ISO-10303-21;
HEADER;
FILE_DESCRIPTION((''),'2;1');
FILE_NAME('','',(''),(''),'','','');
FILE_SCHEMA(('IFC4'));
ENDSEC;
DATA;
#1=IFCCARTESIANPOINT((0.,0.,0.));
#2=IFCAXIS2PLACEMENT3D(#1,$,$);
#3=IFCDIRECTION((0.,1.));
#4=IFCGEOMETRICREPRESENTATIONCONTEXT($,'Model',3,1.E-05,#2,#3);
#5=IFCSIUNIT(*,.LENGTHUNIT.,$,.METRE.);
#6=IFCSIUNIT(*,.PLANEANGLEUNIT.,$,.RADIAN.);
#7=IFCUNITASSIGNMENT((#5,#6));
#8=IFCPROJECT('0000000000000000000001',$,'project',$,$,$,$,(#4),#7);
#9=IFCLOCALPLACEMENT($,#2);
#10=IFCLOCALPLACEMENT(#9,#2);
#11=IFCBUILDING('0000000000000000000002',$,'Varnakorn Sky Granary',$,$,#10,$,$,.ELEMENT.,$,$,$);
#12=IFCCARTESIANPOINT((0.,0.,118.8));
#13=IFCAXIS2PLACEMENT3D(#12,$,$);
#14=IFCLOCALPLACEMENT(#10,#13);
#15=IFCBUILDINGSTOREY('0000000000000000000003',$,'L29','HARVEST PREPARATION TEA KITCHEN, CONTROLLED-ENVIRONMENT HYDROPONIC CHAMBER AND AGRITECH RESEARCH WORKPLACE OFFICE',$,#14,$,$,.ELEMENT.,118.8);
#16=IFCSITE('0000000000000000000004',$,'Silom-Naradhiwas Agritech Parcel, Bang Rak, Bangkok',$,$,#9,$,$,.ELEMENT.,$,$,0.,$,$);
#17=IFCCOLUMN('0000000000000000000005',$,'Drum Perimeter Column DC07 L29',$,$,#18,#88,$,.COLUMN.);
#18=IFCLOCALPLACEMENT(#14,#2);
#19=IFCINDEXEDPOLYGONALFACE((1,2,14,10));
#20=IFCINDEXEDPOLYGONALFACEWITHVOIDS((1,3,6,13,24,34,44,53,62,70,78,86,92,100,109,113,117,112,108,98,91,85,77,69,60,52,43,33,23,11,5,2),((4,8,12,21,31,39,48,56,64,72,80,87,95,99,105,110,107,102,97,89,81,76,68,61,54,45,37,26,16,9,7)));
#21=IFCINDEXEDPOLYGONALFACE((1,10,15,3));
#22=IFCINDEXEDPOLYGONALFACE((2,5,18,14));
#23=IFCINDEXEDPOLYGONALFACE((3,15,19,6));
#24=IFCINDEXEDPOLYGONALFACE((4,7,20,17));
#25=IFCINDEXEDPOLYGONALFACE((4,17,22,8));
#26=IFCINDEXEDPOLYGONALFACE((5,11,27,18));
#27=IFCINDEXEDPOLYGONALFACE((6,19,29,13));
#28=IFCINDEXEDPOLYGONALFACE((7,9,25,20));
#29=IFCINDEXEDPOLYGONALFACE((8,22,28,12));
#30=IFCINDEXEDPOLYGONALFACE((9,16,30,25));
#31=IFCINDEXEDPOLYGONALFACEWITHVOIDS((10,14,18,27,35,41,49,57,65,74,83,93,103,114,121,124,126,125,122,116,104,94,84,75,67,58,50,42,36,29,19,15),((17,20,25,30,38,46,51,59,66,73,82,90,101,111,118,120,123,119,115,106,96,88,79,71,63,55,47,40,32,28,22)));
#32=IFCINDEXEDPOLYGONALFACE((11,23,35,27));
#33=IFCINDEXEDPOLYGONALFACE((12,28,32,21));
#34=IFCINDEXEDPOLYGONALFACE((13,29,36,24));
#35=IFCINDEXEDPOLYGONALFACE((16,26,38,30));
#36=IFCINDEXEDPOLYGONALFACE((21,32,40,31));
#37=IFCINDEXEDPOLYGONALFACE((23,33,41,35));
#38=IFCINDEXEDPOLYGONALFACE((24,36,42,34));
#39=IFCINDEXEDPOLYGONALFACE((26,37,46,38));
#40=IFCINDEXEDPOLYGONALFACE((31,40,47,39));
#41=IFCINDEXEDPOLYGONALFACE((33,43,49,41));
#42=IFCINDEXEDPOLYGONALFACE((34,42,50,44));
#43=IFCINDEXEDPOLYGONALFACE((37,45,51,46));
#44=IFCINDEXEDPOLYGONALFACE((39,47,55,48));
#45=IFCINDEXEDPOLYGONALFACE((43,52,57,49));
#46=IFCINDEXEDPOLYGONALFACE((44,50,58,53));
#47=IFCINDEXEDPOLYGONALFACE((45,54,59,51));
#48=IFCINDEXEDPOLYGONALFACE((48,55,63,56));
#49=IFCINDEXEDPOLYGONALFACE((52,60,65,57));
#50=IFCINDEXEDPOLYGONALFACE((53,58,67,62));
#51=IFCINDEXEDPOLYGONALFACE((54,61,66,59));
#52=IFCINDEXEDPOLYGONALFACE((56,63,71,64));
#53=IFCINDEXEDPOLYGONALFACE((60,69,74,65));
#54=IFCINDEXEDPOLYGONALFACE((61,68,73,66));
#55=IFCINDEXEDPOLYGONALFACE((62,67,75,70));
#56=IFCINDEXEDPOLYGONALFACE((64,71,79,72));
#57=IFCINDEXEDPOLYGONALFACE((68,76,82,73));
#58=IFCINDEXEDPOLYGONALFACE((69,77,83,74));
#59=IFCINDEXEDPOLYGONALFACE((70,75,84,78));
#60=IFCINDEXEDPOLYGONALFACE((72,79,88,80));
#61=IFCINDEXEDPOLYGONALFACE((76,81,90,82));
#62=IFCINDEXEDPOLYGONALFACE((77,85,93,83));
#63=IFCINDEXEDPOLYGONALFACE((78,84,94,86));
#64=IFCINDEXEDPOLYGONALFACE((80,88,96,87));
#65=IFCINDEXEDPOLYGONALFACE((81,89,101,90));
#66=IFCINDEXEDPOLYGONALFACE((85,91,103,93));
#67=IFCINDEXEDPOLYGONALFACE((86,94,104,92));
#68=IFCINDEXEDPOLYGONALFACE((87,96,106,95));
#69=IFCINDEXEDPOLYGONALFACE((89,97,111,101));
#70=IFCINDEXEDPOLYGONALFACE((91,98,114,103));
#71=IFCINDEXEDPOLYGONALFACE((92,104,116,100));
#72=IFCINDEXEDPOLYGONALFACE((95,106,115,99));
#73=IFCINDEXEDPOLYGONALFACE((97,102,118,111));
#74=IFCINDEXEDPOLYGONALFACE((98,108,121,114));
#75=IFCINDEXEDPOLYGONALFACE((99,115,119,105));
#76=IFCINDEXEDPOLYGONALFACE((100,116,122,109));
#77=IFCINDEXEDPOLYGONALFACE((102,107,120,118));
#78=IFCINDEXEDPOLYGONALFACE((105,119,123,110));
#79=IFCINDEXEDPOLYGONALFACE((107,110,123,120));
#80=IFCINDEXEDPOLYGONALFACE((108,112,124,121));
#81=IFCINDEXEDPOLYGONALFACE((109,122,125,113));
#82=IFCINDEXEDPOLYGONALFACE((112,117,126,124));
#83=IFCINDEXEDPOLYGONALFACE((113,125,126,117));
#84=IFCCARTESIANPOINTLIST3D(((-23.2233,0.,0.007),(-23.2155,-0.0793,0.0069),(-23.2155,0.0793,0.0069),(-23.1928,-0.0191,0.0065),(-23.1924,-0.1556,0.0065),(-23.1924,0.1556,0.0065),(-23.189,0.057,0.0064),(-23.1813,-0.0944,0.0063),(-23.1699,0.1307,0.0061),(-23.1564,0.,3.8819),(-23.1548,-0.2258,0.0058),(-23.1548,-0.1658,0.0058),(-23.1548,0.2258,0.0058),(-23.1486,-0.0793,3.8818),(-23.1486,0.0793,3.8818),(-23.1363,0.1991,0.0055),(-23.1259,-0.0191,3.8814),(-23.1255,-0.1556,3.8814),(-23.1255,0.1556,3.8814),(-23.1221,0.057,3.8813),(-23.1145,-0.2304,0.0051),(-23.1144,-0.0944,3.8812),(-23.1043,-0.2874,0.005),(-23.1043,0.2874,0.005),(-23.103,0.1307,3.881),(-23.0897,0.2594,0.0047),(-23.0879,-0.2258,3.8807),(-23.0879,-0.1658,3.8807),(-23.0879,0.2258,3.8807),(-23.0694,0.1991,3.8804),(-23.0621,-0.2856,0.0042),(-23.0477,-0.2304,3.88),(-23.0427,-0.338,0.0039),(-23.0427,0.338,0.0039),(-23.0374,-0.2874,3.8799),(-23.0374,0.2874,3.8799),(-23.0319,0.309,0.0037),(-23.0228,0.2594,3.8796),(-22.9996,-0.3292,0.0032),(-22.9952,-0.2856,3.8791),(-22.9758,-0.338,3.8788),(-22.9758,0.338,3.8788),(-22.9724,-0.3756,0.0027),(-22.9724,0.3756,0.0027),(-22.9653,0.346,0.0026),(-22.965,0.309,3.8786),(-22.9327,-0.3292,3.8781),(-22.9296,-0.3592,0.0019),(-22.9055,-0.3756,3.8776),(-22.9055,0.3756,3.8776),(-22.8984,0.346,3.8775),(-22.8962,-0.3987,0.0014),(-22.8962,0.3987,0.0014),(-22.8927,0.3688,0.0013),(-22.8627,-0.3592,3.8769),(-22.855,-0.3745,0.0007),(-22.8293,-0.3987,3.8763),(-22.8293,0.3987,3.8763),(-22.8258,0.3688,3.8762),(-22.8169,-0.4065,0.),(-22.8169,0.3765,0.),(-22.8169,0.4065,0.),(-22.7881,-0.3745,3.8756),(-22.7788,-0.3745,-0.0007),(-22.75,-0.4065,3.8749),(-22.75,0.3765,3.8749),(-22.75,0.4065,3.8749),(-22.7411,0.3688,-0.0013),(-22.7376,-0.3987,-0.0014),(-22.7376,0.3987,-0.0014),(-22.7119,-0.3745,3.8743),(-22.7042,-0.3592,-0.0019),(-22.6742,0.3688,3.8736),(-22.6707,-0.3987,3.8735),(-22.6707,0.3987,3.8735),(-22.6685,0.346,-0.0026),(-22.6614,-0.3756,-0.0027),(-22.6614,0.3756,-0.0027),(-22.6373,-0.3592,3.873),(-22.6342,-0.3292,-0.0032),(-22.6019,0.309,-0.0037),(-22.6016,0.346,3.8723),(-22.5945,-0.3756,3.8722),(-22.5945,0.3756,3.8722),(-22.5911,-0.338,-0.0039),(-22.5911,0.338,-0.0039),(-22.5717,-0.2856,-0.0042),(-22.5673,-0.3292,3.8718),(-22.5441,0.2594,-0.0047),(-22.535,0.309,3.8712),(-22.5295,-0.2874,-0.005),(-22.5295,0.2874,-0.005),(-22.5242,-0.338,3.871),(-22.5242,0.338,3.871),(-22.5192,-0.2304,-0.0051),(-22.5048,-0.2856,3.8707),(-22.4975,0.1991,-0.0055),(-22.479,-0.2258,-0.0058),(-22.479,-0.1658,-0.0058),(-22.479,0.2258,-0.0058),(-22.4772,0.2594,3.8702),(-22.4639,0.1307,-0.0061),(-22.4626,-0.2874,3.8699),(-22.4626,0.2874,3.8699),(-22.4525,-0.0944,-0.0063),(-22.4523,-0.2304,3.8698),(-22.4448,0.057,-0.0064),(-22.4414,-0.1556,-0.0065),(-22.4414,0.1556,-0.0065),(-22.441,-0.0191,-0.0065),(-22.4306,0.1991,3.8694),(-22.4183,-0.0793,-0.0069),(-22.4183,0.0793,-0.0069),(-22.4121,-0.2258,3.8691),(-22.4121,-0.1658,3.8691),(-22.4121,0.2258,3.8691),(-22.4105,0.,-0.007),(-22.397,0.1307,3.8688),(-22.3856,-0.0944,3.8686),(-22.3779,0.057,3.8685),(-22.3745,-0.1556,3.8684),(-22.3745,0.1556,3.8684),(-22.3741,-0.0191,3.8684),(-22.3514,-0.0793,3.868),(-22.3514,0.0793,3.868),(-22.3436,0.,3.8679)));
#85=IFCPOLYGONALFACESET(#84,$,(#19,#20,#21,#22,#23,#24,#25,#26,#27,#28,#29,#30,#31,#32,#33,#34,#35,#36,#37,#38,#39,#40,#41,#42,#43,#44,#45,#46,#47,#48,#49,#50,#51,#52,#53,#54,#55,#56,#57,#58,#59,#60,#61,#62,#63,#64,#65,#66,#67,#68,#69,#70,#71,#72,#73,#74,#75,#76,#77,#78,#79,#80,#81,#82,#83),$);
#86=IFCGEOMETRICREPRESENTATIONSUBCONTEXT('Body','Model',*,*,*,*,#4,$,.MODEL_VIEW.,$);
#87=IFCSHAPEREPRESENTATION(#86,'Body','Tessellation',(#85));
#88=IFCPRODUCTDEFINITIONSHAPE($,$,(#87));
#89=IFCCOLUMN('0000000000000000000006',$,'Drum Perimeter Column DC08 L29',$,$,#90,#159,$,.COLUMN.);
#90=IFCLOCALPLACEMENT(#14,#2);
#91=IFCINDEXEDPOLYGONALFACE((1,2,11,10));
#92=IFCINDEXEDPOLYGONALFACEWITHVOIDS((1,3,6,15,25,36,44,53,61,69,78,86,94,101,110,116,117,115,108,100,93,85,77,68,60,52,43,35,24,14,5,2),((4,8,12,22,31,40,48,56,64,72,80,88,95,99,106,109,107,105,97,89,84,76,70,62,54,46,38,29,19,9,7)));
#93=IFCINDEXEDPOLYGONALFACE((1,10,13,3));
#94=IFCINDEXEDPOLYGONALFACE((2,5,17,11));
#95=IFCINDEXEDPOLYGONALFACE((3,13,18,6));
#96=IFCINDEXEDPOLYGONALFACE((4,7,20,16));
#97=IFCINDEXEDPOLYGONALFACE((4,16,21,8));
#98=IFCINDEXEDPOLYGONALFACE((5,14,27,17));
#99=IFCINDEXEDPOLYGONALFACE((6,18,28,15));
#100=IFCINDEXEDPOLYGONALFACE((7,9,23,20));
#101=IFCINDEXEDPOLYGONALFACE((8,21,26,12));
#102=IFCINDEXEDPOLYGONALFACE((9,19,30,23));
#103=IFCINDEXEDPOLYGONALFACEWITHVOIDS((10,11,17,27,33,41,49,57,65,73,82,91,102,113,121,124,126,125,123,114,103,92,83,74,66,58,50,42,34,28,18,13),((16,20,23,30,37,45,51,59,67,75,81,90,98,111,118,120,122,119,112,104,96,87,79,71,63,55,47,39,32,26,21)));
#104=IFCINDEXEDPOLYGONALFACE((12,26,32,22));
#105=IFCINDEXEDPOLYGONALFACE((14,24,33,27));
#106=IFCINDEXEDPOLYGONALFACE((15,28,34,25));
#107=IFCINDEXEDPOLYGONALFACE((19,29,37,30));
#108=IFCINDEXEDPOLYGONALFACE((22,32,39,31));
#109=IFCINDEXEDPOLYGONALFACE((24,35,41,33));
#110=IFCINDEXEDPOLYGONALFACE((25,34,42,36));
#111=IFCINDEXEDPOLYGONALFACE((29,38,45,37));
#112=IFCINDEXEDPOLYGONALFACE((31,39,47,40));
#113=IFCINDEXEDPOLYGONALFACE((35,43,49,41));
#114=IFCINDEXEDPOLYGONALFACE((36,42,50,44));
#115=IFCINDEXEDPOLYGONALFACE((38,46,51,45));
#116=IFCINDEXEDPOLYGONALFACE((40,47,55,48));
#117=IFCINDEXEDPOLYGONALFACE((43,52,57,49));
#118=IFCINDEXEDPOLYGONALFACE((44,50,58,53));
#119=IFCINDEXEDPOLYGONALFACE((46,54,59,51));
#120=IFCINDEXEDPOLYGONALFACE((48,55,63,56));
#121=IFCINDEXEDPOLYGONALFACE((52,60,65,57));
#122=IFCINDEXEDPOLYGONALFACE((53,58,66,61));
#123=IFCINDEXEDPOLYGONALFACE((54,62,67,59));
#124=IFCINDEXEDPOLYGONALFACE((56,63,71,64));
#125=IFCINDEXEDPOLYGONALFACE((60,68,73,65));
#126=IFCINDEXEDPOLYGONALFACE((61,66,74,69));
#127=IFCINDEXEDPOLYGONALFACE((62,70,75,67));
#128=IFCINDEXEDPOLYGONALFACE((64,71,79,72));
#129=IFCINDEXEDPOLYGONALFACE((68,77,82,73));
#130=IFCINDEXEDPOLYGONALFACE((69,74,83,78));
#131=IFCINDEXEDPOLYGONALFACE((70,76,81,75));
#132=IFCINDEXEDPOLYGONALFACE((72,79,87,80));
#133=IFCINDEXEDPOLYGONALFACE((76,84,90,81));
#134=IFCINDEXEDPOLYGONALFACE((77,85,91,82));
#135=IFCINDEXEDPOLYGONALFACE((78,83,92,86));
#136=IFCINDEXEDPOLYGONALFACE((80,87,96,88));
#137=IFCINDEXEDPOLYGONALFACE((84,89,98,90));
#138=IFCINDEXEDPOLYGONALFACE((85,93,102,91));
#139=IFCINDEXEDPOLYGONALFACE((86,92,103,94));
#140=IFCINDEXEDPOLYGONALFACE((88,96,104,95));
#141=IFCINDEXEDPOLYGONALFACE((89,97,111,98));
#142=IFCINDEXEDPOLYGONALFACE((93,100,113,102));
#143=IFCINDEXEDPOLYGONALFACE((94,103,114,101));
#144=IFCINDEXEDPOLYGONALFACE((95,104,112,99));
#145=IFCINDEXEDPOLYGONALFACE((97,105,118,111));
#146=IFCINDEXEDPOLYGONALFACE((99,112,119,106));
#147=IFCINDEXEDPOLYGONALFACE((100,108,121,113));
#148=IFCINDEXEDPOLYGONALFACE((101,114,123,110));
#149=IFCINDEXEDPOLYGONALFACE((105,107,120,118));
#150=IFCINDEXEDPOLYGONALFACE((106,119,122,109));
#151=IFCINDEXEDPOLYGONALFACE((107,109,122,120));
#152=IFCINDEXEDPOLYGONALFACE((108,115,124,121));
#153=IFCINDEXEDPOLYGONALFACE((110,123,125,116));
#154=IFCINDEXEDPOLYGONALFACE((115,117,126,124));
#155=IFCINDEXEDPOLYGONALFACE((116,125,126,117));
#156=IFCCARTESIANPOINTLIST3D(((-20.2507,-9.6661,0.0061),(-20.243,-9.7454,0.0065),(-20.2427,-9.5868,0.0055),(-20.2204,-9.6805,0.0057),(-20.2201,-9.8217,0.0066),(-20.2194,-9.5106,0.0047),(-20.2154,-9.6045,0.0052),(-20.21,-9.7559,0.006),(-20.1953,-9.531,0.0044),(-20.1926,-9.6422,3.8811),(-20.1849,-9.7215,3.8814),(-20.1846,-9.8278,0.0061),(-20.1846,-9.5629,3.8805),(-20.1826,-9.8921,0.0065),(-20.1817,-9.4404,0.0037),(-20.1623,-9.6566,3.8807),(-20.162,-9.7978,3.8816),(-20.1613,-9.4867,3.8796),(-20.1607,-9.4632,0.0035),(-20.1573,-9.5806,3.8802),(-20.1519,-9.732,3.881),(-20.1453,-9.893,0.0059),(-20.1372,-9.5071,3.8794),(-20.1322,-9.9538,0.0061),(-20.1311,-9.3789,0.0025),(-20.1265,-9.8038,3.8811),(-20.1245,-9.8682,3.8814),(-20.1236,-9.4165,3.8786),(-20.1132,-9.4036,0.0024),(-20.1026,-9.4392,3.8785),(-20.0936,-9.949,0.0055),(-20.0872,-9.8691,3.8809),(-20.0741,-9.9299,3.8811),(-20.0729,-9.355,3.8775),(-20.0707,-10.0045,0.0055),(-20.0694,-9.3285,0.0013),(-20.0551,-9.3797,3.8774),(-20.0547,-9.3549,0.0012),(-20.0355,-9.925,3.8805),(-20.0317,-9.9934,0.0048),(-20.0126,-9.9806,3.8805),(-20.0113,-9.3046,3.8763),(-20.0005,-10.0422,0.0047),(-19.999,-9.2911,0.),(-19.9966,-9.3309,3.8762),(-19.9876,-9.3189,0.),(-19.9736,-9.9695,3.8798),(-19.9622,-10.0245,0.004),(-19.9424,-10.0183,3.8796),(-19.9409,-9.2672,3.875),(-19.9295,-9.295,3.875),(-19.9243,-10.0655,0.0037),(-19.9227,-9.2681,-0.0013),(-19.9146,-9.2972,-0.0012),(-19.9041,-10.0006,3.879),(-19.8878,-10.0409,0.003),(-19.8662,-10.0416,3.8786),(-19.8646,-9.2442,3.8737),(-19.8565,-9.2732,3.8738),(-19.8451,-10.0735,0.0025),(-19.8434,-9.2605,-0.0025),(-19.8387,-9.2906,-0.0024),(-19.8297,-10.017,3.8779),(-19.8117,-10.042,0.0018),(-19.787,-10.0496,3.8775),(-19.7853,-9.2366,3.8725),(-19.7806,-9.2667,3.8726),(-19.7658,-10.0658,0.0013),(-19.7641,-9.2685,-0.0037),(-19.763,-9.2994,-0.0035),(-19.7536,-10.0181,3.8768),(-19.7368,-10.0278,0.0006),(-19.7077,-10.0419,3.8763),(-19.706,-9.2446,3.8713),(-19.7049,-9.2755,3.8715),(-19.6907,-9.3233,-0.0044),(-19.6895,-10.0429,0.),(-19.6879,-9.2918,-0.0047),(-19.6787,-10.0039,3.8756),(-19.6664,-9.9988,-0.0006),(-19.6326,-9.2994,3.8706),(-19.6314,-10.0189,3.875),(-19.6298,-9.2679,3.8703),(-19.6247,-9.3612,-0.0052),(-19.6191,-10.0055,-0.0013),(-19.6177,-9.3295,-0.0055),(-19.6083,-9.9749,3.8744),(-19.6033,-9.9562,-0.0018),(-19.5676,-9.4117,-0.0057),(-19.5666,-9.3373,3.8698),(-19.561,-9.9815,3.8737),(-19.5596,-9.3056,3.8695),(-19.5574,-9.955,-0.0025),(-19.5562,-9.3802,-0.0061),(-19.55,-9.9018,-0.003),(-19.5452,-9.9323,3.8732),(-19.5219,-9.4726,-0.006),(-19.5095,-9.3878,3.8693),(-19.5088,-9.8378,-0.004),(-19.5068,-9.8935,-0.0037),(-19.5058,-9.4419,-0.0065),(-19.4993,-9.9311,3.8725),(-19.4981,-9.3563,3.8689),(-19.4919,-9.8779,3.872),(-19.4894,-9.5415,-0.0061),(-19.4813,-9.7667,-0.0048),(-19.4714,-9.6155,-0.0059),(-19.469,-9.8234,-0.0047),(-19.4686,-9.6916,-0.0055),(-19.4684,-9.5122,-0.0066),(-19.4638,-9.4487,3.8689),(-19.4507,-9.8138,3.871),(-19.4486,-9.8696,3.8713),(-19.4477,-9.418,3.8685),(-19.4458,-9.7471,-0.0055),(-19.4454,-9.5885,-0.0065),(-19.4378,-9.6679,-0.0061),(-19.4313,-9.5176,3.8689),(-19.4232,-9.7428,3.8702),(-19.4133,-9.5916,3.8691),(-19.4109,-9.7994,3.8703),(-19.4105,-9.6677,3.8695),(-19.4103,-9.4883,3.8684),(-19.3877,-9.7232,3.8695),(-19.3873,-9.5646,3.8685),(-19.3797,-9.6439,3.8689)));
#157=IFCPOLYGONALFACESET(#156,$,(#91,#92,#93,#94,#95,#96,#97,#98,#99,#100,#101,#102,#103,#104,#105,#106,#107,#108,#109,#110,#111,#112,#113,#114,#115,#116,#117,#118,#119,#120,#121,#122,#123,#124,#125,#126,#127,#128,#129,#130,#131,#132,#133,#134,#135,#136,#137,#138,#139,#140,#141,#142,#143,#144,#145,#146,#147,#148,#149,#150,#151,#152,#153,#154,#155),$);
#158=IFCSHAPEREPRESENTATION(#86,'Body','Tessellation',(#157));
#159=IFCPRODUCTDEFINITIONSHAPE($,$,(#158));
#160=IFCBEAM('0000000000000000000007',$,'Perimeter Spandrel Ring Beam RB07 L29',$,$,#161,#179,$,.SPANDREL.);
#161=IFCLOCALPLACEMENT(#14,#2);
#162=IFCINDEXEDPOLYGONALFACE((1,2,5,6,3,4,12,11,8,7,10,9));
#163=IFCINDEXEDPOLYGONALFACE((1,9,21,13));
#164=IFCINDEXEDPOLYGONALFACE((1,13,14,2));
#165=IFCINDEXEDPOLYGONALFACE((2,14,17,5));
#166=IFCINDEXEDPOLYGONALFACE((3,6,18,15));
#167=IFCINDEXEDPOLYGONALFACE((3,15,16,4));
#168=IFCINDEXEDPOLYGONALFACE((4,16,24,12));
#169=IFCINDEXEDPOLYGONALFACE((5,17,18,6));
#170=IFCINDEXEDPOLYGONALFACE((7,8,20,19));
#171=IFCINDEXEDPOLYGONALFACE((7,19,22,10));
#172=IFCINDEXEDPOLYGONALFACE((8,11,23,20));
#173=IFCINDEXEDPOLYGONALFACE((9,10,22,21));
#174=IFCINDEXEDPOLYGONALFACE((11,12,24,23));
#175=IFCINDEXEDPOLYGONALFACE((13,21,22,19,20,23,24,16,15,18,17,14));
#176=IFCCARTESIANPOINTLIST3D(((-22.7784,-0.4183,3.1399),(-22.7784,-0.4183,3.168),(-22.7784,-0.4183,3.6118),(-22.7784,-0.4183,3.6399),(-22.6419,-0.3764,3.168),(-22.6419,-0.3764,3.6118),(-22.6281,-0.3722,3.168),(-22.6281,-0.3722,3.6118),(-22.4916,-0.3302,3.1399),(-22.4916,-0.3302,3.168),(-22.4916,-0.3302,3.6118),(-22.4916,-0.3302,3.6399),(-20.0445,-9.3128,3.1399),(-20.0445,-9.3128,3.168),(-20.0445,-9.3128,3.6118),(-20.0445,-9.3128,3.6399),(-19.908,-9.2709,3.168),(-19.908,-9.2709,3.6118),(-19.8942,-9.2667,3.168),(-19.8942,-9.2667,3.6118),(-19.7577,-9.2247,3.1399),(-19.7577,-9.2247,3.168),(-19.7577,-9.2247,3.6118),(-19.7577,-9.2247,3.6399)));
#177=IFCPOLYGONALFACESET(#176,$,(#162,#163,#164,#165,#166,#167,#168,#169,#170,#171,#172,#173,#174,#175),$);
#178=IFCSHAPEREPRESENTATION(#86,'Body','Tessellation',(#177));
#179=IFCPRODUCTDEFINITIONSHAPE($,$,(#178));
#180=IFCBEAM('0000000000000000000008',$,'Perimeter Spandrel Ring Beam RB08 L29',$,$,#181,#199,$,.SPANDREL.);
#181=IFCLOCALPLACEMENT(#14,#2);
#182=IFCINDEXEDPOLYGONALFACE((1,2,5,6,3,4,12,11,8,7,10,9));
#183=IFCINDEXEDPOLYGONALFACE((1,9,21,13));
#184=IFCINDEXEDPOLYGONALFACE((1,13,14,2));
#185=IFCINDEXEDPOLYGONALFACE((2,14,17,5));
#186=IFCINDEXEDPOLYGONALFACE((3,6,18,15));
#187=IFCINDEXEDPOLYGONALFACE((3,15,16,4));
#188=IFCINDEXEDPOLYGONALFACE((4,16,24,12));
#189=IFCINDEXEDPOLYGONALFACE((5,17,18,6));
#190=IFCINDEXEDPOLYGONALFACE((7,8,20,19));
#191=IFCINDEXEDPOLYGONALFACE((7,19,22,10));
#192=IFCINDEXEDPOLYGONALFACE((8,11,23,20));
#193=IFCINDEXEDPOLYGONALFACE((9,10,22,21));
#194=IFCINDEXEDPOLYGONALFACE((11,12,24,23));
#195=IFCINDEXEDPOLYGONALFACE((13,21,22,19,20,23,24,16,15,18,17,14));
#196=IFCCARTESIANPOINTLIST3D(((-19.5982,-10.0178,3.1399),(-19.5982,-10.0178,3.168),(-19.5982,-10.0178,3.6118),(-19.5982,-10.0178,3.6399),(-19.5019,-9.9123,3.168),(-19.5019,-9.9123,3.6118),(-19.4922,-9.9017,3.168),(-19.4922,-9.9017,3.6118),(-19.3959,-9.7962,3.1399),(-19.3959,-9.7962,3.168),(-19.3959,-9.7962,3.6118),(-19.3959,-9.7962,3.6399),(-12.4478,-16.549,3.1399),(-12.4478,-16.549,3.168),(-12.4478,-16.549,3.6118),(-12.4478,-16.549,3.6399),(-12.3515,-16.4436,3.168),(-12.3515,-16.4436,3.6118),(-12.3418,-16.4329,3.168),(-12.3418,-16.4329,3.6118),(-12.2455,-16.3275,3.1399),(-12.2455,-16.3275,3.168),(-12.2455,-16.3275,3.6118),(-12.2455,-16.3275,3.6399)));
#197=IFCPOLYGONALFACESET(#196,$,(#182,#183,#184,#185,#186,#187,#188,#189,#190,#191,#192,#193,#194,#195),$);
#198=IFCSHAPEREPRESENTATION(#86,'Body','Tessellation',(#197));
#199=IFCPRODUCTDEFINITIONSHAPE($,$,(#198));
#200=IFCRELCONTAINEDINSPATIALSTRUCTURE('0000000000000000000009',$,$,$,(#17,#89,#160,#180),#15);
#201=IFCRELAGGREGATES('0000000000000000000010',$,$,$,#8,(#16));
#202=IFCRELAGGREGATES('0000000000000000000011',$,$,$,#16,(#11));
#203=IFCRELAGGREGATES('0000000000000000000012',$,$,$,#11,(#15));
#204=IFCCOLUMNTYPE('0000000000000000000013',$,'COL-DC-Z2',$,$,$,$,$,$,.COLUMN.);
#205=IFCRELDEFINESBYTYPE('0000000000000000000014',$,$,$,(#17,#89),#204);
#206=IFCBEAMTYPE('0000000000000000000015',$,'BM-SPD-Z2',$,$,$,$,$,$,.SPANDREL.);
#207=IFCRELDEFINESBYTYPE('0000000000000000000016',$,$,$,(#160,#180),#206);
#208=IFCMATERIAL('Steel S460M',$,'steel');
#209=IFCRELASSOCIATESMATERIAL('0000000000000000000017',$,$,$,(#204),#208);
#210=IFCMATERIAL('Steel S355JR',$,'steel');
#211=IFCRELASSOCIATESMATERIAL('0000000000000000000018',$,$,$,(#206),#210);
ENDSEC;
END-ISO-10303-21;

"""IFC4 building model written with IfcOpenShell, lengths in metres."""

from ifc_helpers import new_model, si_unit, direction, frame, origin, origin_2d, place, context, subcontext, project, spatial, hollow_circle, i_section, extrude, material, material_profile, profile_set, type_object, element, save


model = new_model("IFC4")

# Units and contexts
model_context = context("Model", 3, precision=1e-05, world=origin(), true_north=direction((0.0, 1.0)))
body_context = subcontext(model_context, "Body", "Model", "MODEL_VIEW")
ifc_project = project(units=[si_unit("LENGTHUNIT", "METRE"), si_unit("PLANEANGLEUNIT", "RADIAN")], contexts=[model_context])

# Site, building, storey
site_placement = place(None, origin())
site = spatial("IfcSite", under=ifc_project, at=site_placement, Name="Silom-Naradhiwas Agritech Parcel, Bang Rak, Bangkok", CompositionType="ELEMENT", RefElevation=0.0)
building_placement = place(site_placement, origin())
building = spatial("IfcBuilding", under=site, at=building_placement, Name="Varnakorn Sky Granary", CompositionType="ELEMENT")
storey_placement = place(building_placement, frame((0.0, 0.0, 118.8)))
storey = spatial("IfcBuildingStorey", under=building, at=storey_placement, Name="L29", Description="HARVEST PREPARATION TEA KITCHEN, CONTROLLED-ENVIRONMENT HYDROPONIC CHAMBER AND AGRITECH RESEARCH WORKPLACE OFFICE", CompositionType="ELEMENT", Elevation=118.8)

# Columns
ifc_material_1 = material(Name="Steel S460M", Category="steel")
ifc_material_profile_1 = material_profile(ifc_material_1, hollow_circle(Radius=0.4065, WallThickness=0.03, at=origin_2d()), Name="CHS 813x30")
ifc_profile_set_1 = profile_set([ifc_material_profile_1], Name="Steel S460M")
column_type = type_object("IfcColumnType", Name="COL-DC-Z2", PredefinedType="COLUMN", material=ifc_profile_set_1)
for number, where, z_axis, x_axis, name in (
    (1, (-22.8169, 0.0, 0.0), (0.017261, 0.0, 0.999851), (0.0, 1.0, 0.0), "Drum Perimeter Column DC07 L29"),
    (2, (-19.8442, -9.667, 0.0), (0.014993, 0.006174, 0.999869), (-0.38075, 0.924678, 0.0), "Drum Perimeter Column DC08 L29"),
):
    element("IfcColumn", number, at=place(storey_placement, frame(where, z_axis=z_axis, x_axis=x_axis)), inside=storey, type_object=column_type, Name=name, PredefinedType="COLUMN", context=body_context, shape_type="SweptSolid", body=[
        extrude(hollow_circle(Radius=0.4065, WallThickness=0.03, at=origin_2d()), origin(), (0.0, 0.0, 1.0), 3.8755),
    ])

# Beams
ifc_material_2 = material(Name="Steel S355JR", Category="steel")
ifc_material_profile_2 = material_profile(ifc_material_2, i_section(OverallWidth=0.3, OverallDepth=0.5, WebThickness=0.0144, FlangeThickness=0.0281, at=origin_2d()), Name="HE 500 B")
ifc_profile_set_2 = profile_set([ifc_material_profile_2], Name="Steel S355JR")
beam_type = type_object("IfcBeamType", Name="BM-SPD-Z2", PredefinedType="SPANDREL", material=ifc_profile_set_2)
beam_1_placement = place(storey_placement, frame((-22.635, -0.3743, 3.3899), z_axis=(0.293802, -0.955866, 0.0), x_axis=(0.955866, 0.293802, 0.0)))
element("IfcBeam", 3, at=beam_1_placement, inside=storey, type_object=beam_type, Name="Perimeter Spandrel Ring Beam RB07 L29", PredefinedType="SPANDREL", context=body_context, shape_type="SweptSolid", body=[
    extrude(i_section(OverallWidth=0.3, OverallDepth=0.5, WebThickness=0.0144, FlangeThickness=0.0281, at=origin_2d()), origin(), (0.0, 0.0, 1.0), 9.3052),
])
beam_2_placement = place(storey_placement, frame((-19.4971, -9.907, 3.3899), z_axis=(0.73835, -0.674418, 0.0), x_axis=(0.674418, 0.73835, 0.0)))
element("IfcBeam", 4, at=beam_2_placement, inside=storey, type_object=beam_type, Name="Perimeter Spandrel Ring Beam RB08 L29", PredefinedType="SPANDREL", context=body_context, shape_type="SweptSolid", body=[
    extrude(i_section(OverallWidth=0.3, OverallDepth=0.5, WebThickness=0.0144, FlangeThickness=0.0281, at=origin_2d()), origin(), (0.0, 0.0, 1.0), 9.6843),
])

save(model, "model.ifc")
